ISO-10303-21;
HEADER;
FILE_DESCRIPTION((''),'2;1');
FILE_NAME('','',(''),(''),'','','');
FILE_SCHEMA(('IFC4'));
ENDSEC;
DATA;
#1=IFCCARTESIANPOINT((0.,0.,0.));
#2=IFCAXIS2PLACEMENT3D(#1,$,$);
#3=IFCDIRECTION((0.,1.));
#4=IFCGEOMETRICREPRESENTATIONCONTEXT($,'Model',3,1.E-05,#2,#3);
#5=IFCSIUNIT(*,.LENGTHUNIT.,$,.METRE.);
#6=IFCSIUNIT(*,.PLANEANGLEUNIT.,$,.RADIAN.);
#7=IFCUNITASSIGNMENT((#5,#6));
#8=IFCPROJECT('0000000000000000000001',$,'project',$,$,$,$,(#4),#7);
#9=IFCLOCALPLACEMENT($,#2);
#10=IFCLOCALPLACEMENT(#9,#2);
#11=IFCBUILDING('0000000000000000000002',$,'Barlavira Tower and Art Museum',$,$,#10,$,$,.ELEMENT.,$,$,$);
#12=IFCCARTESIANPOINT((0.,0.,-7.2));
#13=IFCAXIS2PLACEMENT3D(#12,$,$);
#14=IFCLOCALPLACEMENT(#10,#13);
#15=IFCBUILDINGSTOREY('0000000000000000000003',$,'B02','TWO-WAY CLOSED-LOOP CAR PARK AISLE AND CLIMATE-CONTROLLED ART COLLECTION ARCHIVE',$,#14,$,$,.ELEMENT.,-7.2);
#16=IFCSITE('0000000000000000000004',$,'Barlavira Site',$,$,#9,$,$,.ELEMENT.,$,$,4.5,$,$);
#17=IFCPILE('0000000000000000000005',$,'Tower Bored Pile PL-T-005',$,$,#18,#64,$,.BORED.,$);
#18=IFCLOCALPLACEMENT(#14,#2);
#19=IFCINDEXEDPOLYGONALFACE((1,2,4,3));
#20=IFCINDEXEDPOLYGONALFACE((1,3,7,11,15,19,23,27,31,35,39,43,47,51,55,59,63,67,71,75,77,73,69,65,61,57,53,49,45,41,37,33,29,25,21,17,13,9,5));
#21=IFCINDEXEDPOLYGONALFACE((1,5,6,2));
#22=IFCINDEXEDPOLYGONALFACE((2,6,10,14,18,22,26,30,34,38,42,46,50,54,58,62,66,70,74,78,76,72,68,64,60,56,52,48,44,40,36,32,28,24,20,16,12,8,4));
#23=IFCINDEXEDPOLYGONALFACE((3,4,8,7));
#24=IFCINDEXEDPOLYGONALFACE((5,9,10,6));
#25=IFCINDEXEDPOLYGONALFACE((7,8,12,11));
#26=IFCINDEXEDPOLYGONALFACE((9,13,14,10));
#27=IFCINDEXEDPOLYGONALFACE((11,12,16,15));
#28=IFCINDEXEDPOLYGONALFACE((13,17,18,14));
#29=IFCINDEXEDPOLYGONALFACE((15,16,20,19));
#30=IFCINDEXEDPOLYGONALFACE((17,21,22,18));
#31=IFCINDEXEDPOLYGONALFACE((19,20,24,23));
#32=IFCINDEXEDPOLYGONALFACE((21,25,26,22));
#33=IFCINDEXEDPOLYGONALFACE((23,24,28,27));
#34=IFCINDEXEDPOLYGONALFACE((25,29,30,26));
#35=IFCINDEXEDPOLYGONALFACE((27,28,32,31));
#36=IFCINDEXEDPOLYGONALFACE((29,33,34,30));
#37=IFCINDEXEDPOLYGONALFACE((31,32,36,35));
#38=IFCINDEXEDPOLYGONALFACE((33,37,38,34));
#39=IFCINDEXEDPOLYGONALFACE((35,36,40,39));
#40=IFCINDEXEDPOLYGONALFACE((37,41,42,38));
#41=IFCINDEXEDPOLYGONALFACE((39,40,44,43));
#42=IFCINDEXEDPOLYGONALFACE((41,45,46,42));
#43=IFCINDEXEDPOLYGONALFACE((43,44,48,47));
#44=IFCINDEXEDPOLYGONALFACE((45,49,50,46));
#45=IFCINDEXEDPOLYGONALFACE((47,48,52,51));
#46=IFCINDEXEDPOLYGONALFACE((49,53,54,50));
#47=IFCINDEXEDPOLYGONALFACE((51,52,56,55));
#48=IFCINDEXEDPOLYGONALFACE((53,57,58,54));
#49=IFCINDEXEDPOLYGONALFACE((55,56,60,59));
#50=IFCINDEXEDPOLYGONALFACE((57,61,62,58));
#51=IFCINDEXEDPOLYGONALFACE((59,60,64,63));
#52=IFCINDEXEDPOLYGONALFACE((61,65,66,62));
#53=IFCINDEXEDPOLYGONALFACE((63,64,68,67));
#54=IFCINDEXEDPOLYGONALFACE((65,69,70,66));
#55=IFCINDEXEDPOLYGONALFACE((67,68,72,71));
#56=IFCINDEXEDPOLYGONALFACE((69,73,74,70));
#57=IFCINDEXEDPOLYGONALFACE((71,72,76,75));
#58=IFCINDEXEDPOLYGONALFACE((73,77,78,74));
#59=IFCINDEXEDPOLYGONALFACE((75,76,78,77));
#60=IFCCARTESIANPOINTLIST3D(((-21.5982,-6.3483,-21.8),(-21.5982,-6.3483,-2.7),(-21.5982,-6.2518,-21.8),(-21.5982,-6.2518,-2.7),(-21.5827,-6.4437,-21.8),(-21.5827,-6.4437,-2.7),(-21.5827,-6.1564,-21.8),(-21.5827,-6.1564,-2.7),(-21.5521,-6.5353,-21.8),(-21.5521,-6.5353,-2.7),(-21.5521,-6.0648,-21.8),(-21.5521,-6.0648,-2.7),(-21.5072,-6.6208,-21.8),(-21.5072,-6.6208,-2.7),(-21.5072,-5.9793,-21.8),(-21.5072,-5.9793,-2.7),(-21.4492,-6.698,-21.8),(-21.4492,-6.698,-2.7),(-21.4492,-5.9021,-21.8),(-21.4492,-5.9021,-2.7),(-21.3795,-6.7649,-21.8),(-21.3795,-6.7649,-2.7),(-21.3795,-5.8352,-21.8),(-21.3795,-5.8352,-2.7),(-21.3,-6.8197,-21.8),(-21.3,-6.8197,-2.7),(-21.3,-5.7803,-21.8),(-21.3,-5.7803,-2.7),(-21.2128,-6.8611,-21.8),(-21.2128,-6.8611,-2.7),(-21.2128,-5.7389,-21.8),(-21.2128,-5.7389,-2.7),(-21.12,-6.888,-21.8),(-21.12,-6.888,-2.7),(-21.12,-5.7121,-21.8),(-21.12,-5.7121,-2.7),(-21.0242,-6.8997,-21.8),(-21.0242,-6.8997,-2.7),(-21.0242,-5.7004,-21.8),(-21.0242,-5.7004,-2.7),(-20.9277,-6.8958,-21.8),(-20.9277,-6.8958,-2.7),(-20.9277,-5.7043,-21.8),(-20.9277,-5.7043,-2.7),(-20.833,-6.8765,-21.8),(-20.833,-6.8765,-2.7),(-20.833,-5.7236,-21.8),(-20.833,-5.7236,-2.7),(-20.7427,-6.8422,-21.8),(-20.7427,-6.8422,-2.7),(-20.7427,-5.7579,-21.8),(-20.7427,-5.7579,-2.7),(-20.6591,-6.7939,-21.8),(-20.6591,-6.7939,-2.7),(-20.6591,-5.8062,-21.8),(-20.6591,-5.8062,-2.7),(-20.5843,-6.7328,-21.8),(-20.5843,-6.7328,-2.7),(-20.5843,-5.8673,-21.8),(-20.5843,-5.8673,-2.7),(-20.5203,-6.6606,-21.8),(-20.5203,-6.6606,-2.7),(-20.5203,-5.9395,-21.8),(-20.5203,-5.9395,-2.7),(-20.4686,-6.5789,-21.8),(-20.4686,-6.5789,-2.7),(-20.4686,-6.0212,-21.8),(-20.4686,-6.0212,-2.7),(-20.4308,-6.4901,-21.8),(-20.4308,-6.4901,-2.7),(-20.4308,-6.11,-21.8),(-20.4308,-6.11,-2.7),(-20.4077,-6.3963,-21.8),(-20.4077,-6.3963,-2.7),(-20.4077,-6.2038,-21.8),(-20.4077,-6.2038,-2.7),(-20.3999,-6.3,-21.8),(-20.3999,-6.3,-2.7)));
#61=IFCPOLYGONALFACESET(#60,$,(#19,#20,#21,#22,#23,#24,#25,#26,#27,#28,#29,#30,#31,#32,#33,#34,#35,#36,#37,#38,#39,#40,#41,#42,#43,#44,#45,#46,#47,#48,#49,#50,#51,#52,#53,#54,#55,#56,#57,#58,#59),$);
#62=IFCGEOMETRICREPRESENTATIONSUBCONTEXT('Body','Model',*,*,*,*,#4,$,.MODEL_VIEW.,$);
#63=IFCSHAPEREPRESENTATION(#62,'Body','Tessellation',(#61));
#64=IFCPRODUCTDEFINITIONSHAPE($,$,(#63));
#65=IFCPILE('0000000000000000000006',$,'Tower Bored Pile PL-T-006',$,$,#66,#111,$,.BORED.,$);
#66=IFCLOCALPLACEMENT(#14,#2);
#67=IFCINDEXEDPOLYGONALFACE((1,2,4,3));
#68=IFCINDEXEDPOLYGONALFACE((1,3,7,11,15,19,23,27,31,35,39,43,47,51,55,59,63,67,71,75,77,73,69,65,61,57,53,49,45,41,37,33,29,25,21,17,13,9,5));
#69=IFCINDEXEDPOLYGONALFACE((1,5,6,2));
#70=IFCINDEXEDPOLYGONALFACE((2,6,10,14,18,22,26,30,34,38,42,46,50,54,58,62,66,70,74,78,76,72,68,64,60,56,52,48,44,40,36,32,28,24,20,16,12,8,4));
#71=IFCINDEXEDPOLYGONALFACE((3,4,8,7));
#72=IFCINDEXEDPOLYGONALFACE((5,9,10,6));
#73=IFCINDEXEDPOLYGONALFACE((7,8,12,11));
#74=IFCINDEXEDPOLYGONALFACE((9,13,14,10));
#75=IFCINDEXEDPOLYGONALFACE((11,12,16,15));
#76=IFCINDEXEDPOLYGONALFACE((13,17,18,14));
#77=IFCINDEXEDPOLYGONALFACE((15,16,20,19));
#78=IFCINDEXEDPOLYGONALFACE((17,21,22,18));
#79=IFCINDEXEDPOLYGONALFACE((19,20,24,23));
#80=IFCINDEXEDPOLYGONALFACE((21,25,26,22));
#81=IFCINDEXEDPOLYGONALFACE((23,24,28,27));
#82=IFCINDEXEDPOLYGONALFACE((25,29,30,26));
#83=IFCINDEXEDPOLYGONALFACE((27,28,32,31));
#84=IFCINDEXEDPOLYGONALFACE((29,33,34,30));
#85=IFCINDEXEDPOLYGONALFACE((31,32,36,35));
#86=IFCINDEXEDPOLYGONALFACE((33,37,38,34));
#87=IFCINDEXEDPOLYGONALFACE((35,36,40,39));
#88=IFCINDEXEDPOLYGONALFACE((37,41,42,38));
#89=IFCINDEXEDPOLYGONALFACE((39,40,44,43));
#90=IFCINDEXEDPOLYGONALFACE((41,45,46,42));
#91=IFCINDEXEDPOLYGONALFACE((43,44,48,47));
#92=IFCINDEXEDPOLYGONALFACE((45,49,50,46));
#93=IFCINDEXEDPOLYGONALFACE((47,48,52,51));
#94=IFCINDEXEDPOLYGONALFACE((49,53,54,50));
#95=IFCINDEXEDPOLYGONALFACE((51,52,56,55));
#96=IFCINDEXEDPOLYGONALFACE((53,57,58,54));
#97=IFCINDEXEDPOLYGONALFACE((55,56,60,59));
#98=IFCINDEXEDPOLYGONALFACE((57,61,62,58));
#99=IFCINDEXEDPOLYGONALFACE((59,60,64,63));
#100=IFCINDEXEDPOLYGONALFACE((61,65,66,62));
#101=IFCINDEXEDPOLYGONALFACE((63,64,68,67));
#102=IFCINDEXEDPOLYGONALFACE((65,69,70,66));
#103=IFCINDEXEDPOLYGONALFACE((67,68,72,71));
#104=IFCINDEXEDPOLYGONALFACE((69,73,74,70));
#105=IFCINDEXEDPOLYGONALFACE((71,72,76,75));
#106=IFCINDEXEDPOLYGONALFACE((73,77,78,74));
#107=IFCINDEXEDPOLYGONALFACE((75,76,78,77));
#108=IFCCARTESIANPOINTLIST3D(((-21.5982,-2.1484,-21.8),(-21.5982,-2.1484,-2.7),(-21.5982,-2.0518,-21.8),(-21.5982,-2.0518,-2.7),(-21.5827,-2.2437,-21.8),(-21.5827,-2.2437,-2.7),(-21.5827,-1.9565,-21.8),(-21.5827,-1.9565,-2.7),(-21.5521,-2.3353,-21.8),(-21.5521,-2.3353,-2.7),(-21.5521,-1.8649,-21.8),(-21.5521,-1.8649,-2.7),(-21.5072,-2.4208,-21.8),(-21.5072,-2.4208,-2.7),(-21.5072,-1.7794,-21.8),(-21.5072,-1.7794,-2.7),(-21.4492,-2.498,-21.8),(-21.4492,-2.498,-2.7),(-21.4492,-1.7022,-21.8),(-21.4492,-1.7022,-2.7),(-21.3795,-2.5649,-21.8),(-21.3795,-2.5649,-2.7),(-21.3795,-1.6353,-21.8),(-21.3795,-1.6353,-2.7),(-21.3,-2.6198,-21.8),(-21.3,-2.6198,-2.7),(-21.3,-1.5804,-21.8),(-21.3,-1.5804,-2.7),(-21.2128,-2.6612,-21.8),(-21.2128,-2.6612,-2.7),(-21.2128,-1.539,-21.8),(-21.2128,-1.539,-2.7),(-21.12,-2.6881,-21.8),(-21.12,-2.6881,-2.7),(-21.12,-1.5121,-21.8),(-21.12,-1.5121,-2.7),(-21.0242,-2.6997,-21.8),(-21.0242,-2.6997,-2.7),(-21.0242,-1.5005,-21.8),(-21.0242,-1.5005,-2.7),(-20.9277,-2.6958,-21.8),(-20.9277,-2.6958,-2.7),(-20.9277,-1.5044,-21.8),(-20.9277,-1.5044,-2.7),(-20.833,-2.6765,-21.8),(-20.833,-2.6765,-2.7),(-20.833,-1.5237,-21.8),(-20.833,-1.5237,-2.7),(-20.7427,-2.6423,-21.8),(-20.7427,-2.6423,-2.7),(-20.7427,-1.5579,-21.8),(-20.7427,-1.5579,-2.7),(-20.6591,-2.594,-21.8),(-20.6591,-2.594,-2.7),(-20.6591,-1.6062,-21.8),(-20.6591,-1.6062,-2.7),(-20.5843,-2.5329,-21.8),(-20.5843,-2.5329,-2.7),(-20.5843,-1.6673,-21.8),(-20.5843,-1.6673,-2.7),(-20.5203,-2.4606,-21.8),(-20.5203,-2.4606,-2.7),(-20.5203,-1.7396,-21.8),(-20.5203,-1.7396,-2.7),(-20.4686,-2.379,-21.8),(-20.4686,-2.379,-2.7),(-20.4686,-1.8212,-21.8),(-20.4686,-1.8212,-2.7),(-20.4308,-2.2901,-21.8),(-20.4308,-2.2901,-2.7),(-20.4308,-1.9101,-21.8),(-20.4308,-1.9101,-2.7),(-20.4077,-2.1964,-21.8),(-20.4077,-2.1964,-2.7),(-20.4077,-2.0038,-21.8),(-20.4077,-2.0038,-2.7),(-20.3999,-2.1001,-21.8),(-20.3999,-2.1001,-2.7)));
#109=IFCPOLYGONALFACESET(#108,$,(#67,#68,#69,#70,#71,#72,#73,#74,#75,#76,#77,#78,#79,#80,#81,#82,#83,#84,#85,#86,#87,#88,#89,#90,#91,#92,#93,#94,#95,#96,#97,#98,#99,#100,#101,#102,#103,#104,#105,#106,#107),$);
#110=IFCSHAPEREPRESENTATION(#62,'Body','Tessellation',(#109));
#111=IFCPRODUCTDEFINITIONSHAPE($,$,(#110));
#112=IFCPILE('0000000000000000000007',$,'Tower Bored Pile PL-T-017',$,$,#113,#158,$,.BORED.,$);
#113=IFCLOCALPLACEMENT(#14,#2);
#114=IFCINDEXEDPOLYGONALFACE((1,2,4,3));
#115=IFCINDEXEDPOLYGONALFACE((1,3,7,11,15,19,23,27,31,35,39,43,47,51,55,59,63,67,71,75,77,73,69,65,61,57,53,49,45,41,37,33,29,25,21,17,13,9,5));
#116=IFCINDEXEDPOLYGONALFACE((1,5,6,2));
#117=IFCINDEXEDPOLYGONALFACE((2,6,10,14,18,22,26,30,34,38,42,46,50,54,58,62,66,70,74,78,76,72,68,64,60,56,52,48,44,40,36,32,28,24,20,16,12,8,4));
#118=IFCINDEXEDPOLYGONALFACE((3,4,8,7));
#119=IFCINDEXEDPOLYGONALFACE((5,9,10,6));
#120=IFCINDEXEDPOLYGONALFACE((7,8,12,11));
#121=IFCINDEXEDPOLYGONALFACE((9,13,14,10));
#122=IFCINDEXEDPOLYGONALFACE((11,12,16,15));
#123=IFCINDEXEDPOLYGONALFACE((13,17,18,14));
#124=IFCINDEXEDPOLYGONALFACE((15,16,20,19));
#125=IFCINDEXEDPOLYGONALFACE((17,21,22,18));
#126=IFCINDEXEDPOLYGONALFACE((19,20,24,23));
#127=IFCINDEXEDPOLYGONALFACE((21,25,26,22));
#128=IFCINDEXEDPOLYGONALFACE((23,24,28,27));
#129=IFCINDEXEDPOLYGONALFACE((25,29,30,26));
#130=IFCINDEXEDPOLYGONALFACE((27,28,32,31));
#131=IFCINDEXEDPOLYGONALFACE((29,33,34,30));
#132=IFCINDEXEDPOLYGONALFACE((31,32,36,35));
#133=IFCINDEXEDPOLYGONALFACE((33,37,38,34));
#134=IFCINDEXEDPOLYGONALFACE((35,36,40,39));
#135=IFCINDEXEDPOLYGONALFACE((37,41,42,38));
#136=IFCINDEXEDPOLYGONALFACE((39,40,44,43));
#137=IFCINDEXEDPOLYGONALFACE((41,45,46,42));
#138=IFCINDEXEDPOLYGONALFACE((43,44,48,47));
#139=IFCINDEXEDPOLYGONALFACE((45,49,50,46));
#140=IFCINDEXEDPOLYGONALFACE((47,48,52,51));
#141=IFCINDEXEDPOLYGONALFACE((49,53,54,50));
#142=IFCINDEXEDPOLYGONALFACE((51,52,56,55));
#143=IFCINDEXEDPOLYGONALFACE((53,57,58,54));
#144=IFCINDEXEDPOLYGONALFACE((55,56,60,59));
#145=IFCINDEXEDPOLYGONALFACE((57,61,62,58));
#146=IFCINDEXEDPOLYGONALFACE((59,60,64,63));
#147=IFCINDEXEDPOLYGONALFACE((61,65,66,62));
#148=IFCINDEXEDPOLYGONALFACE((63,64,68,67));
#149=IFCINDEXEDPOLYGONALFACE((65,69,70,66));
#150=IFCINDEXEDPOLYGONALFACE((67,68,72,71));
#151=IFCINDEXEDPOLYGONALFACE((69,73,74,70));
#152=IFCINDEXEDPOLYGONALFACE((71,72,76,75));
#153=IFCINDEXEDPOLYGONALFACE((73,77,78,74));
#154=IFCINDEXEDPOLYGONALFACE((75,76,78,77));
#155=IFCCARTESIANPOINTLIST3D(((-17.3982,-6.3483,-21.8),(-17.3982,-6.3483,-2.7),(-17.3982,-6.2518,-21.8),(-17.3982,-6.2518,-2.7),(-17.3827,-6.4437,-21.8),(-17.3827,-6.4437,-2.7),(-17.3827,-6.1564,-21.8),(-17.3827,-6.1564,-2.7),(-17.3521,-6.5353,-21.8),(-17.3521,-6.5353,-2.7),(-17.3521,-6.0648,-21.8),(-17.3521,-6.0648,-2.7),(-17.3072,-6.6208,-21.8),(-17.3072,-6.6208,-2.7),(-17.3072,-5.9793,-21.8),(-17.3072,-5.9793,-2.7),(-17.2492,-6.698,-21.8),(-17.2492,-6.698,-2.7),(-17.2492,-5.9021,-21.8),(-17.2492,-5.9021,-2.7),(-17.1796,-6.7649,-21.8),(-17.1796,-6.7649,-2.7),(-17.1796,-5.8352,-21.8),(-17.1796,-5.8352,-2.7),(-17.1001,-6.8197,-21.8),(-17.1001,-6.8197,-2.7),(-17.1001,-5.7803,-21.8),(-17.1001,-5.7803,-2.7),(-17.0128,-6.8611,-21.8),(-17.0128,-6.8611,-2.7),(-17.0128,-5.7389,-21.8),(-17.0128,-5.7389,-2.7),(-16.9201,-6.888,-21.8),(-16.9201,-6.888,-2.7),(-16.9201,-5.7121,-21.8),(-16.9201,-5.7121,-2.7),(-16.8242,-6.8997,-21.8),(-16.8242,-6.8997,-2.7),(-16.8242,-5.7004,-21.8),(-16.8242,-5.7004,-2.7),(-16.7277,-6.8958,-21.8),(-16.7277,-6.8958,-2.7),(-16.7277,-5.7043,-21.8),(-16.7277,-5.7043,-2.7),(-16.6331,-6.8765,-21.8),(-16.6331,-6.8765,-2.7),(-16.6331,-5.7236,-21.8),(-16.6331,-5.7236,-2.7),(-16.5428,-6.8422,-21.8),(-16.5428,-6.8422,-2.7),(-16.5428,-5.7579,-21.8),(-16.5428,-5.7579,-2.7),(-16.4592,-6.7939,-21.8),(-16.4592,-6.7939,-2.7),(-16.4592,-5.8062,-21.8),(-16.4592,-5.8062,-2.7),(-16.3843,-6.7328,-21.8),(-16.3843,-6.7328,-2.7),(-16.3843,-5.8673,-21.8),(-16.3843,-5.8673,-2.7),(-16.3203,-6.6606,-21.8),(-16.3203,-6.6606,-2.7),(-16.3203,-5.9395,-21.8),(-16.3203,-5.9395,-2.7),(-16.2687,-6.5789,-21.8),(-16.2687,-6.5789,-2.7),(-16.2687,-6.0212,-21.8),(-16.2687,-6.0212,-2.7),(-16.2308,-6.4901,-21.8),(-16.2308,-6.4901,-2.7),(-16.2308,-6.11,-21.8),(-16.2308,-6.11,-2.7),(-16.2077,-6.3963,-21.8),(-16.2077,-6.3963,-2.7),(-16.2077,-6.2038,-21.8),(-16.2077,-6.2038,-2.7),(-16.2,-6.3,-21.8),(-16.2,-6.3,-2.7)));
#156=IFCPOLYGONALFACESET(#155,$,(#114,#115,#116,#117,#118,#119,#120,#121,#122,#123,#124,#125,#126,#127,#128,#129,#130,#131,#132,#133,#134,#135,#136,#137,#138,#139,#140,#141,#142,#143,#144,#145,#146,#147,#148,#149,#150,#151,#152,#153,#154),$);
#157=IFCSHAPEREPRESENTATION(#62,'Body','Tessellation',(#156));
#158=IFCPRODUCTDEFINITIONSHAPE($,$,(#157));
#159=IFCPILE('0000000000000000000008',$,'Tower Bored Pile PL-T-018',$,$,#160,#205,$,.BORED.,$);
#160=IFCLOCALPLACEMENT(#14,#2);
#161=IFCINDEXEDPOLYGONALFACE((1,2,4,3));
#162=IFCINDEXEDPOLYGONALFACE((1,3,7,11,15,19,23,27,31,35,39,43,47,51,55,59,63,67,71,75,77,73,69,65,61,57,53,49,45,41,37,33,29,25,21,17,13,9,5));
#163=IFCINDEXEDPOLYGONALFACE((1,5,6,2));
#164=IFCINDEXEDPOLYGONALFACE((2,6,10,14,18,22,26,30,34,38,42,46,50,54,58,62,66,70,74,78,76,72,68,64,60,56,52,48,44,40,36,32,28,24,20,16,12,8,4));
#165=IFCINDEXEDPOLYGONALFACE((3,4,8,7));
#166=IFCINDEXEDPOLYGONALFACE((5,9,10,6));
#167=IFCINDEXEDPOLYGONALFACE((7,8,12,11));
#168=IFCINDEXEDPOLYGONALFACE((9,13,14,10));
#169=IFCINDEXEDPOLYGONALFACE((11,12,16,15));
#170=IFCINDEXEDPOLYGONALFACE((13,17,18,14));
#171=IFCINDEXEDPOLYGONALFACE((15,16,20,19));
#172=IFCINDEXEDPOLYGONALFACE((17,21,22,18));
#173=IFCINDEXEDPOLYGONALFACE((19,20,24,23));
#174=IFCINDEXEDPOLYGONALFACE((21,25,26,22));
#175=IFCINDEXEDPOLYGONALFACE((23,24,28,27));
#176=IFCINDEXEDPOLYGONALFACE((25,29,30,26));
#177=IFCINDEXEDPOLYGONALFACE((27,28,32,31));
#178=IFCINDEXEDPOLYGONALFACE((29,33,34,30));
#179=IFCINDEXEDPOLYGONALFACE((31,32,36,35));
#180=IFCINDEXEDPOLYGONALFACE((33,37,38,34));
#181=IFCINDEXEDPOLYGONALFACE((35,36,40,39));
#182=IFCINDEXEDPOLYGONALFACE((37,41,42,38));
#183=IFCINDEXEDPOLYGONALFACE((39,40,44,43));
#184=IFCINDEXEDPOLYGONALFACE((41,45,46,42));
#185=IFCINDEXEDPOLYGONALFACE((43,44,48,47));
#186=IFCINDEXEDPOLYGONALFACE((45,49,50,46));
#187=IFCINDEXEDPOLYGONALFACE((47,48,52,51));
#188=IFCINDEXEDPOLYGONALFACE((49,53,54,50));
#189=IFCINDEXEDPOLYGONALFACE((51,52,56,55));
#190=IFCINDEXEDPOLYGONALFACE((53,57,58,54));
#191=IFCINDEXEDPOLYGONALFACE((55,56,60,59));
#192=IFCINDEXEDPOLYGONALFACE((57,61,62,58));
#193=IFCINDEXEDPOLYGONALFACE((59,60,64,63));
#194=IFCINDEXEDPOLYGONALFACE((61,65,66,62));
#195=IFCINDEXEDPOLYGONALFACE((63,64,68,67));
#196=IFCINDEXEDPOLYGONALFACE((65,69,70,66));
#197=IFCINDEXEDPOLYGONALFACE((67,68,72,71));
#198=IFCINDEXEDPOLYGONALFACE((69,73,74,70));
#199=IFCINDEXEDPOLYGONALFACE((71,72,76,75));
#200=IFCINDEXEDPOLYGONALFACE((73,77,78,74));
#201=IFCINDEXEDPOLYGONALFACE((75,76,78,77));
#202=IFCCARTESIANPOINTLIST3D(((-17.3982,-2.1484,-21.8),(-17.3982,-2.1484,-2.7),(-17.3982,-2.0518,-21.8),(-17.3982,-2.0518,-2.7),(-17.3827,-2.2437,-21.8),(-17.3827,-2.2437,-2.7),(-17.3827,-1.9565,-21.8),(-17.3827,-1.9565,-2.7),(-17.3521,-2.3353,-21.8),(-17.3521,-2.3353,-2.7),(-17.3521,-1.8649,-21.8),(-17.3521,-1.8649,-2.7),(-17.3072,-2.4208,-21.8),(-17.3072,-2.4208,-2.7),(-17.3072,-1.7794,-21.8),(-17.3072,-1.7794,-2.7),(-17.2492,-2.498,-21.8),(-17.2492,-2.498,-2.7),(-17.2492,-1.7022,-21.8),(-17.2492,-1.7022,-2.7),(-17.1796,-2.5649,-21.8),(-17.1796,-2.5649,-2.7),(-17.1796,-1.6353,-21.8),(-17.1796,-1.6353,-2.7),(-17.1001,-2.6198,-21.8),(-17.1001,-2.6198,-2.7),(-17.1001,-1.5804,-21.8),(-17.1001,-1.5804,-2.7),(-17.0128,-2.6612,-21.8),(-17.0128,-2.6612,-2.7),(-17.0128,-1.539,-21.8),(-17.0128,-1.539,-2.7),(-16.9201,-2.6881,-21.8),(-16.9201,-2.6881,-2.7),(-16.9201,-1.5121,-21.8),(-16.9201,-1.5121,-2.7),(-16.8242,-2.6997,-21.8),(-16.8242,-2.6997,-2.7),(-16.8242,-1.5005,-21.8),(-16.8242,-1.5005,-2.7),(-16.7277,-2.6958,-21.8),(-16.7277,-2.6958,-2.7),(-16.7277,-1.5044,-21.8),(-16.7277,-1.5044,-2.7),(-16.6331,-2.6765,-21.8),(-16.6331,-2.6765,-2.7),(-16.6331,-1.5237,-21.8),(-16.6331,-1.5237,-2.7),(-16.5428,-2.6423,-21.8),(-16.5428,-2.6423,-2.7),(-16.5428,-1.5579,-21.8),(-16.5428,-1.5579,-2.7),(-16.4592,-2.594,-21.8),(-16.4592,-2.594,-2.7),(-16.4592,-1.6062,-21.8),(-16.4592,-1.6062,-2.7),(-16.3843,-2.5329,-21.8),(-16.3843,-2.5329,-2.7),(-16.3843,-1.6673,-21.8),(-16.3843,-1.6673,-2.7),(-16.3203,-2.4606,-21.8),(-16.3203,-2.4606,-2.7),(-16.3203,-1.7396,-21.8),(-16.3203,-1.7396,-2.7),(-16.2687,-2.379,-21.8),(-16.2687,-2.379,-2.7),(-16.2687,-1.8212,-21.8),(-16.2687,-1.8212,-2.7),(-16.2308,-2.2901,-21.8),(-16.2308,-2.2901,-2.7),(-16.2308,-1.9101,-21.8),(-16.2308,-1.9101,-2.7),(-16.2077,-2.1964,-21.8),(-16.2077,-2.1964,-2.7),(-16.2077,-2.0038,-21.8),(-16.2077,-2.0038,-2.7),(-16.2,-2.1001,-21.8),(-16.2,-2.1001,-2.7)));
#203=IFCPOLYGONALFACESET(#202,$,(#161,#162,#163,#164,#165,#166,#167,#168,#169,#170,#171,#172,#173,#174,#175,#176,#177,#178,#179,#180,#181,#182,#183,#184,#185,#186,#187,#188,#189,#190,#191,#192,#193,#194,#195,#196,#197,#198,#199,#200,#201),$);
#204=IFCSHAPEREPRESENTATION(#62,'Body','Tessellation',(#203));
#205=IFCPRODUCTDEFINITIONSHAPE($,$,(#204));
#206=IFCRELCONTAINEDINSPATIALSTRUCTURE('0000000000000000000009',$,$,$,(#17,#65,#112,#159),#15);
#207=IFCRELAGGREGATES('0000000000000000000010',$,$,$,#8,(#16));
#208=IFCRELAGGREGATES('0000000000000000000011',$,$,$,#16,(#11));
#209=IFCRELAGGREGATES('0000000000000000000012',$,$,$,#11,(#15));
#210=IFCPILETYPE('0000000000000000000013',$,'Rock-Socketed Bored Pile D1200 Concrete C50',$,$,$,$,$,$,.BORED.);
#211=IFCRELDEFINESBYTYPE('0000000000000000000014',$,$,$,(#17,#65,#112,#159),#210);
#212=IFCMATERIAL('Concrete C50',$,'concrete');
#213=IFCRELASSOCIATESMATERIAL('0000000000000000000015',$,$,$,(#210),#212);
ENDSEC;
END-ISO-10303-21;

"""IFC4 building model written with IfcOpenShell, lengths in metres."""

from ifc_helpers import new_model, si_unit, direction, frame, origin, origin_2d, place, context, subcontext, project, spatial, circle, extrude, material, material_profile, profile_set, type_object, element, save


model = new_model("IFC4")

# Units and contexts
model_context = context("Model", 3, precision=1e-05, world=origin(), true_north=direction((0.0, 1.0)))
body_context = subcontext(model_context, "Body", "Model", "MODEL_VIEW")
ifc_project = project(units=[si_unit("LENGTHUNIT", "METRE"), si_unit("PLANEANGLEUNIT", "RADIAN")], contexts=[model_context])

# Site, building, storey
site_placement = place(None, origin())
site = spatial("IfcSite", under=ifc_project, at=site_placement, Name="Barlavira Site", CompositionType="ELEMENT", RefElevation=4.5)
building_placement = place(site_placement, origin())
building = spatial("IfcBuilding", under=site, at=building_placement, Name="Barlavira Tower and Art Museum", CompositionType="ELEMENT")
storey_placement = place(building_placement, frame((0.0, 0.0, -7.2)))
storey = spatial("IfcBuildingStorey", under=building, at=storey_placement, Name="B02", Description="TWO-WAY CLOSED-LOOP CAR PARK AISLE AND CLIMATE-CONTROLLED ART COLLECTION ARCHIVE", CompositionType="ELEMENT", Elevation=-7.2)

# Piles
ifc_material_1 = material(Name="Concrete C50", Category="concrete")
ifc_material_profile_1 = material_profile(ifc_material_1, circle(Radius=0.6001, at=origin_2d()), Name="BORED PILE D1200")
ifc_profile_set_1 = profile_set([ifc_material_profile_1], Name="Concrete C50")
pile_type = type_object("IfcPileType", Name="Rock-Socketed Bored Pile D1200 Concrete C50", PredefinedType="BORED", material=ifc_profile_set_1)
for number, where, z_axis, x_axis, name in (
    (1, (-21.0, -6.3, -2.7), (0.0, 0.0, -1.0), (1.0, 0.0, 0.0), "Tower Bored Pile PL-T-005"),
    (2, (-21.0, -2.1001, -2.7), (0.0, 0.0, -1.0), (1.0, 0.0, 0.0), "Tower Bored Pile PL-T-006"),
    (3, (-16.8, -6.3, -2.7), (0.0, 0.0, -1.0), (1.0, 0.0, 0.0), "Tower Bored Pile PL-T-017"),
    (4, (-16.8, -2.1001, -2.7), (0.0, 0.0, -1.0), (1.0, 0.0, 0.0), "Tower Bored Pile PL-T-018"),
):
    element("IfcPile", number, at=place(storey_placement, frame(where, z_axis=z_axis, x_axis=x_axis)), inside=storey, type_object=pile_type, Name=name, PredefinedType="BORED", context=body_context, shape_type="SweptSolid", body=[
        extrude(circle(Radius=0.6001, at=origin_2d()), origin(), (0.0, 0.0, 1.0), 19.1001),
    ])

save(model, "model.ifc")
